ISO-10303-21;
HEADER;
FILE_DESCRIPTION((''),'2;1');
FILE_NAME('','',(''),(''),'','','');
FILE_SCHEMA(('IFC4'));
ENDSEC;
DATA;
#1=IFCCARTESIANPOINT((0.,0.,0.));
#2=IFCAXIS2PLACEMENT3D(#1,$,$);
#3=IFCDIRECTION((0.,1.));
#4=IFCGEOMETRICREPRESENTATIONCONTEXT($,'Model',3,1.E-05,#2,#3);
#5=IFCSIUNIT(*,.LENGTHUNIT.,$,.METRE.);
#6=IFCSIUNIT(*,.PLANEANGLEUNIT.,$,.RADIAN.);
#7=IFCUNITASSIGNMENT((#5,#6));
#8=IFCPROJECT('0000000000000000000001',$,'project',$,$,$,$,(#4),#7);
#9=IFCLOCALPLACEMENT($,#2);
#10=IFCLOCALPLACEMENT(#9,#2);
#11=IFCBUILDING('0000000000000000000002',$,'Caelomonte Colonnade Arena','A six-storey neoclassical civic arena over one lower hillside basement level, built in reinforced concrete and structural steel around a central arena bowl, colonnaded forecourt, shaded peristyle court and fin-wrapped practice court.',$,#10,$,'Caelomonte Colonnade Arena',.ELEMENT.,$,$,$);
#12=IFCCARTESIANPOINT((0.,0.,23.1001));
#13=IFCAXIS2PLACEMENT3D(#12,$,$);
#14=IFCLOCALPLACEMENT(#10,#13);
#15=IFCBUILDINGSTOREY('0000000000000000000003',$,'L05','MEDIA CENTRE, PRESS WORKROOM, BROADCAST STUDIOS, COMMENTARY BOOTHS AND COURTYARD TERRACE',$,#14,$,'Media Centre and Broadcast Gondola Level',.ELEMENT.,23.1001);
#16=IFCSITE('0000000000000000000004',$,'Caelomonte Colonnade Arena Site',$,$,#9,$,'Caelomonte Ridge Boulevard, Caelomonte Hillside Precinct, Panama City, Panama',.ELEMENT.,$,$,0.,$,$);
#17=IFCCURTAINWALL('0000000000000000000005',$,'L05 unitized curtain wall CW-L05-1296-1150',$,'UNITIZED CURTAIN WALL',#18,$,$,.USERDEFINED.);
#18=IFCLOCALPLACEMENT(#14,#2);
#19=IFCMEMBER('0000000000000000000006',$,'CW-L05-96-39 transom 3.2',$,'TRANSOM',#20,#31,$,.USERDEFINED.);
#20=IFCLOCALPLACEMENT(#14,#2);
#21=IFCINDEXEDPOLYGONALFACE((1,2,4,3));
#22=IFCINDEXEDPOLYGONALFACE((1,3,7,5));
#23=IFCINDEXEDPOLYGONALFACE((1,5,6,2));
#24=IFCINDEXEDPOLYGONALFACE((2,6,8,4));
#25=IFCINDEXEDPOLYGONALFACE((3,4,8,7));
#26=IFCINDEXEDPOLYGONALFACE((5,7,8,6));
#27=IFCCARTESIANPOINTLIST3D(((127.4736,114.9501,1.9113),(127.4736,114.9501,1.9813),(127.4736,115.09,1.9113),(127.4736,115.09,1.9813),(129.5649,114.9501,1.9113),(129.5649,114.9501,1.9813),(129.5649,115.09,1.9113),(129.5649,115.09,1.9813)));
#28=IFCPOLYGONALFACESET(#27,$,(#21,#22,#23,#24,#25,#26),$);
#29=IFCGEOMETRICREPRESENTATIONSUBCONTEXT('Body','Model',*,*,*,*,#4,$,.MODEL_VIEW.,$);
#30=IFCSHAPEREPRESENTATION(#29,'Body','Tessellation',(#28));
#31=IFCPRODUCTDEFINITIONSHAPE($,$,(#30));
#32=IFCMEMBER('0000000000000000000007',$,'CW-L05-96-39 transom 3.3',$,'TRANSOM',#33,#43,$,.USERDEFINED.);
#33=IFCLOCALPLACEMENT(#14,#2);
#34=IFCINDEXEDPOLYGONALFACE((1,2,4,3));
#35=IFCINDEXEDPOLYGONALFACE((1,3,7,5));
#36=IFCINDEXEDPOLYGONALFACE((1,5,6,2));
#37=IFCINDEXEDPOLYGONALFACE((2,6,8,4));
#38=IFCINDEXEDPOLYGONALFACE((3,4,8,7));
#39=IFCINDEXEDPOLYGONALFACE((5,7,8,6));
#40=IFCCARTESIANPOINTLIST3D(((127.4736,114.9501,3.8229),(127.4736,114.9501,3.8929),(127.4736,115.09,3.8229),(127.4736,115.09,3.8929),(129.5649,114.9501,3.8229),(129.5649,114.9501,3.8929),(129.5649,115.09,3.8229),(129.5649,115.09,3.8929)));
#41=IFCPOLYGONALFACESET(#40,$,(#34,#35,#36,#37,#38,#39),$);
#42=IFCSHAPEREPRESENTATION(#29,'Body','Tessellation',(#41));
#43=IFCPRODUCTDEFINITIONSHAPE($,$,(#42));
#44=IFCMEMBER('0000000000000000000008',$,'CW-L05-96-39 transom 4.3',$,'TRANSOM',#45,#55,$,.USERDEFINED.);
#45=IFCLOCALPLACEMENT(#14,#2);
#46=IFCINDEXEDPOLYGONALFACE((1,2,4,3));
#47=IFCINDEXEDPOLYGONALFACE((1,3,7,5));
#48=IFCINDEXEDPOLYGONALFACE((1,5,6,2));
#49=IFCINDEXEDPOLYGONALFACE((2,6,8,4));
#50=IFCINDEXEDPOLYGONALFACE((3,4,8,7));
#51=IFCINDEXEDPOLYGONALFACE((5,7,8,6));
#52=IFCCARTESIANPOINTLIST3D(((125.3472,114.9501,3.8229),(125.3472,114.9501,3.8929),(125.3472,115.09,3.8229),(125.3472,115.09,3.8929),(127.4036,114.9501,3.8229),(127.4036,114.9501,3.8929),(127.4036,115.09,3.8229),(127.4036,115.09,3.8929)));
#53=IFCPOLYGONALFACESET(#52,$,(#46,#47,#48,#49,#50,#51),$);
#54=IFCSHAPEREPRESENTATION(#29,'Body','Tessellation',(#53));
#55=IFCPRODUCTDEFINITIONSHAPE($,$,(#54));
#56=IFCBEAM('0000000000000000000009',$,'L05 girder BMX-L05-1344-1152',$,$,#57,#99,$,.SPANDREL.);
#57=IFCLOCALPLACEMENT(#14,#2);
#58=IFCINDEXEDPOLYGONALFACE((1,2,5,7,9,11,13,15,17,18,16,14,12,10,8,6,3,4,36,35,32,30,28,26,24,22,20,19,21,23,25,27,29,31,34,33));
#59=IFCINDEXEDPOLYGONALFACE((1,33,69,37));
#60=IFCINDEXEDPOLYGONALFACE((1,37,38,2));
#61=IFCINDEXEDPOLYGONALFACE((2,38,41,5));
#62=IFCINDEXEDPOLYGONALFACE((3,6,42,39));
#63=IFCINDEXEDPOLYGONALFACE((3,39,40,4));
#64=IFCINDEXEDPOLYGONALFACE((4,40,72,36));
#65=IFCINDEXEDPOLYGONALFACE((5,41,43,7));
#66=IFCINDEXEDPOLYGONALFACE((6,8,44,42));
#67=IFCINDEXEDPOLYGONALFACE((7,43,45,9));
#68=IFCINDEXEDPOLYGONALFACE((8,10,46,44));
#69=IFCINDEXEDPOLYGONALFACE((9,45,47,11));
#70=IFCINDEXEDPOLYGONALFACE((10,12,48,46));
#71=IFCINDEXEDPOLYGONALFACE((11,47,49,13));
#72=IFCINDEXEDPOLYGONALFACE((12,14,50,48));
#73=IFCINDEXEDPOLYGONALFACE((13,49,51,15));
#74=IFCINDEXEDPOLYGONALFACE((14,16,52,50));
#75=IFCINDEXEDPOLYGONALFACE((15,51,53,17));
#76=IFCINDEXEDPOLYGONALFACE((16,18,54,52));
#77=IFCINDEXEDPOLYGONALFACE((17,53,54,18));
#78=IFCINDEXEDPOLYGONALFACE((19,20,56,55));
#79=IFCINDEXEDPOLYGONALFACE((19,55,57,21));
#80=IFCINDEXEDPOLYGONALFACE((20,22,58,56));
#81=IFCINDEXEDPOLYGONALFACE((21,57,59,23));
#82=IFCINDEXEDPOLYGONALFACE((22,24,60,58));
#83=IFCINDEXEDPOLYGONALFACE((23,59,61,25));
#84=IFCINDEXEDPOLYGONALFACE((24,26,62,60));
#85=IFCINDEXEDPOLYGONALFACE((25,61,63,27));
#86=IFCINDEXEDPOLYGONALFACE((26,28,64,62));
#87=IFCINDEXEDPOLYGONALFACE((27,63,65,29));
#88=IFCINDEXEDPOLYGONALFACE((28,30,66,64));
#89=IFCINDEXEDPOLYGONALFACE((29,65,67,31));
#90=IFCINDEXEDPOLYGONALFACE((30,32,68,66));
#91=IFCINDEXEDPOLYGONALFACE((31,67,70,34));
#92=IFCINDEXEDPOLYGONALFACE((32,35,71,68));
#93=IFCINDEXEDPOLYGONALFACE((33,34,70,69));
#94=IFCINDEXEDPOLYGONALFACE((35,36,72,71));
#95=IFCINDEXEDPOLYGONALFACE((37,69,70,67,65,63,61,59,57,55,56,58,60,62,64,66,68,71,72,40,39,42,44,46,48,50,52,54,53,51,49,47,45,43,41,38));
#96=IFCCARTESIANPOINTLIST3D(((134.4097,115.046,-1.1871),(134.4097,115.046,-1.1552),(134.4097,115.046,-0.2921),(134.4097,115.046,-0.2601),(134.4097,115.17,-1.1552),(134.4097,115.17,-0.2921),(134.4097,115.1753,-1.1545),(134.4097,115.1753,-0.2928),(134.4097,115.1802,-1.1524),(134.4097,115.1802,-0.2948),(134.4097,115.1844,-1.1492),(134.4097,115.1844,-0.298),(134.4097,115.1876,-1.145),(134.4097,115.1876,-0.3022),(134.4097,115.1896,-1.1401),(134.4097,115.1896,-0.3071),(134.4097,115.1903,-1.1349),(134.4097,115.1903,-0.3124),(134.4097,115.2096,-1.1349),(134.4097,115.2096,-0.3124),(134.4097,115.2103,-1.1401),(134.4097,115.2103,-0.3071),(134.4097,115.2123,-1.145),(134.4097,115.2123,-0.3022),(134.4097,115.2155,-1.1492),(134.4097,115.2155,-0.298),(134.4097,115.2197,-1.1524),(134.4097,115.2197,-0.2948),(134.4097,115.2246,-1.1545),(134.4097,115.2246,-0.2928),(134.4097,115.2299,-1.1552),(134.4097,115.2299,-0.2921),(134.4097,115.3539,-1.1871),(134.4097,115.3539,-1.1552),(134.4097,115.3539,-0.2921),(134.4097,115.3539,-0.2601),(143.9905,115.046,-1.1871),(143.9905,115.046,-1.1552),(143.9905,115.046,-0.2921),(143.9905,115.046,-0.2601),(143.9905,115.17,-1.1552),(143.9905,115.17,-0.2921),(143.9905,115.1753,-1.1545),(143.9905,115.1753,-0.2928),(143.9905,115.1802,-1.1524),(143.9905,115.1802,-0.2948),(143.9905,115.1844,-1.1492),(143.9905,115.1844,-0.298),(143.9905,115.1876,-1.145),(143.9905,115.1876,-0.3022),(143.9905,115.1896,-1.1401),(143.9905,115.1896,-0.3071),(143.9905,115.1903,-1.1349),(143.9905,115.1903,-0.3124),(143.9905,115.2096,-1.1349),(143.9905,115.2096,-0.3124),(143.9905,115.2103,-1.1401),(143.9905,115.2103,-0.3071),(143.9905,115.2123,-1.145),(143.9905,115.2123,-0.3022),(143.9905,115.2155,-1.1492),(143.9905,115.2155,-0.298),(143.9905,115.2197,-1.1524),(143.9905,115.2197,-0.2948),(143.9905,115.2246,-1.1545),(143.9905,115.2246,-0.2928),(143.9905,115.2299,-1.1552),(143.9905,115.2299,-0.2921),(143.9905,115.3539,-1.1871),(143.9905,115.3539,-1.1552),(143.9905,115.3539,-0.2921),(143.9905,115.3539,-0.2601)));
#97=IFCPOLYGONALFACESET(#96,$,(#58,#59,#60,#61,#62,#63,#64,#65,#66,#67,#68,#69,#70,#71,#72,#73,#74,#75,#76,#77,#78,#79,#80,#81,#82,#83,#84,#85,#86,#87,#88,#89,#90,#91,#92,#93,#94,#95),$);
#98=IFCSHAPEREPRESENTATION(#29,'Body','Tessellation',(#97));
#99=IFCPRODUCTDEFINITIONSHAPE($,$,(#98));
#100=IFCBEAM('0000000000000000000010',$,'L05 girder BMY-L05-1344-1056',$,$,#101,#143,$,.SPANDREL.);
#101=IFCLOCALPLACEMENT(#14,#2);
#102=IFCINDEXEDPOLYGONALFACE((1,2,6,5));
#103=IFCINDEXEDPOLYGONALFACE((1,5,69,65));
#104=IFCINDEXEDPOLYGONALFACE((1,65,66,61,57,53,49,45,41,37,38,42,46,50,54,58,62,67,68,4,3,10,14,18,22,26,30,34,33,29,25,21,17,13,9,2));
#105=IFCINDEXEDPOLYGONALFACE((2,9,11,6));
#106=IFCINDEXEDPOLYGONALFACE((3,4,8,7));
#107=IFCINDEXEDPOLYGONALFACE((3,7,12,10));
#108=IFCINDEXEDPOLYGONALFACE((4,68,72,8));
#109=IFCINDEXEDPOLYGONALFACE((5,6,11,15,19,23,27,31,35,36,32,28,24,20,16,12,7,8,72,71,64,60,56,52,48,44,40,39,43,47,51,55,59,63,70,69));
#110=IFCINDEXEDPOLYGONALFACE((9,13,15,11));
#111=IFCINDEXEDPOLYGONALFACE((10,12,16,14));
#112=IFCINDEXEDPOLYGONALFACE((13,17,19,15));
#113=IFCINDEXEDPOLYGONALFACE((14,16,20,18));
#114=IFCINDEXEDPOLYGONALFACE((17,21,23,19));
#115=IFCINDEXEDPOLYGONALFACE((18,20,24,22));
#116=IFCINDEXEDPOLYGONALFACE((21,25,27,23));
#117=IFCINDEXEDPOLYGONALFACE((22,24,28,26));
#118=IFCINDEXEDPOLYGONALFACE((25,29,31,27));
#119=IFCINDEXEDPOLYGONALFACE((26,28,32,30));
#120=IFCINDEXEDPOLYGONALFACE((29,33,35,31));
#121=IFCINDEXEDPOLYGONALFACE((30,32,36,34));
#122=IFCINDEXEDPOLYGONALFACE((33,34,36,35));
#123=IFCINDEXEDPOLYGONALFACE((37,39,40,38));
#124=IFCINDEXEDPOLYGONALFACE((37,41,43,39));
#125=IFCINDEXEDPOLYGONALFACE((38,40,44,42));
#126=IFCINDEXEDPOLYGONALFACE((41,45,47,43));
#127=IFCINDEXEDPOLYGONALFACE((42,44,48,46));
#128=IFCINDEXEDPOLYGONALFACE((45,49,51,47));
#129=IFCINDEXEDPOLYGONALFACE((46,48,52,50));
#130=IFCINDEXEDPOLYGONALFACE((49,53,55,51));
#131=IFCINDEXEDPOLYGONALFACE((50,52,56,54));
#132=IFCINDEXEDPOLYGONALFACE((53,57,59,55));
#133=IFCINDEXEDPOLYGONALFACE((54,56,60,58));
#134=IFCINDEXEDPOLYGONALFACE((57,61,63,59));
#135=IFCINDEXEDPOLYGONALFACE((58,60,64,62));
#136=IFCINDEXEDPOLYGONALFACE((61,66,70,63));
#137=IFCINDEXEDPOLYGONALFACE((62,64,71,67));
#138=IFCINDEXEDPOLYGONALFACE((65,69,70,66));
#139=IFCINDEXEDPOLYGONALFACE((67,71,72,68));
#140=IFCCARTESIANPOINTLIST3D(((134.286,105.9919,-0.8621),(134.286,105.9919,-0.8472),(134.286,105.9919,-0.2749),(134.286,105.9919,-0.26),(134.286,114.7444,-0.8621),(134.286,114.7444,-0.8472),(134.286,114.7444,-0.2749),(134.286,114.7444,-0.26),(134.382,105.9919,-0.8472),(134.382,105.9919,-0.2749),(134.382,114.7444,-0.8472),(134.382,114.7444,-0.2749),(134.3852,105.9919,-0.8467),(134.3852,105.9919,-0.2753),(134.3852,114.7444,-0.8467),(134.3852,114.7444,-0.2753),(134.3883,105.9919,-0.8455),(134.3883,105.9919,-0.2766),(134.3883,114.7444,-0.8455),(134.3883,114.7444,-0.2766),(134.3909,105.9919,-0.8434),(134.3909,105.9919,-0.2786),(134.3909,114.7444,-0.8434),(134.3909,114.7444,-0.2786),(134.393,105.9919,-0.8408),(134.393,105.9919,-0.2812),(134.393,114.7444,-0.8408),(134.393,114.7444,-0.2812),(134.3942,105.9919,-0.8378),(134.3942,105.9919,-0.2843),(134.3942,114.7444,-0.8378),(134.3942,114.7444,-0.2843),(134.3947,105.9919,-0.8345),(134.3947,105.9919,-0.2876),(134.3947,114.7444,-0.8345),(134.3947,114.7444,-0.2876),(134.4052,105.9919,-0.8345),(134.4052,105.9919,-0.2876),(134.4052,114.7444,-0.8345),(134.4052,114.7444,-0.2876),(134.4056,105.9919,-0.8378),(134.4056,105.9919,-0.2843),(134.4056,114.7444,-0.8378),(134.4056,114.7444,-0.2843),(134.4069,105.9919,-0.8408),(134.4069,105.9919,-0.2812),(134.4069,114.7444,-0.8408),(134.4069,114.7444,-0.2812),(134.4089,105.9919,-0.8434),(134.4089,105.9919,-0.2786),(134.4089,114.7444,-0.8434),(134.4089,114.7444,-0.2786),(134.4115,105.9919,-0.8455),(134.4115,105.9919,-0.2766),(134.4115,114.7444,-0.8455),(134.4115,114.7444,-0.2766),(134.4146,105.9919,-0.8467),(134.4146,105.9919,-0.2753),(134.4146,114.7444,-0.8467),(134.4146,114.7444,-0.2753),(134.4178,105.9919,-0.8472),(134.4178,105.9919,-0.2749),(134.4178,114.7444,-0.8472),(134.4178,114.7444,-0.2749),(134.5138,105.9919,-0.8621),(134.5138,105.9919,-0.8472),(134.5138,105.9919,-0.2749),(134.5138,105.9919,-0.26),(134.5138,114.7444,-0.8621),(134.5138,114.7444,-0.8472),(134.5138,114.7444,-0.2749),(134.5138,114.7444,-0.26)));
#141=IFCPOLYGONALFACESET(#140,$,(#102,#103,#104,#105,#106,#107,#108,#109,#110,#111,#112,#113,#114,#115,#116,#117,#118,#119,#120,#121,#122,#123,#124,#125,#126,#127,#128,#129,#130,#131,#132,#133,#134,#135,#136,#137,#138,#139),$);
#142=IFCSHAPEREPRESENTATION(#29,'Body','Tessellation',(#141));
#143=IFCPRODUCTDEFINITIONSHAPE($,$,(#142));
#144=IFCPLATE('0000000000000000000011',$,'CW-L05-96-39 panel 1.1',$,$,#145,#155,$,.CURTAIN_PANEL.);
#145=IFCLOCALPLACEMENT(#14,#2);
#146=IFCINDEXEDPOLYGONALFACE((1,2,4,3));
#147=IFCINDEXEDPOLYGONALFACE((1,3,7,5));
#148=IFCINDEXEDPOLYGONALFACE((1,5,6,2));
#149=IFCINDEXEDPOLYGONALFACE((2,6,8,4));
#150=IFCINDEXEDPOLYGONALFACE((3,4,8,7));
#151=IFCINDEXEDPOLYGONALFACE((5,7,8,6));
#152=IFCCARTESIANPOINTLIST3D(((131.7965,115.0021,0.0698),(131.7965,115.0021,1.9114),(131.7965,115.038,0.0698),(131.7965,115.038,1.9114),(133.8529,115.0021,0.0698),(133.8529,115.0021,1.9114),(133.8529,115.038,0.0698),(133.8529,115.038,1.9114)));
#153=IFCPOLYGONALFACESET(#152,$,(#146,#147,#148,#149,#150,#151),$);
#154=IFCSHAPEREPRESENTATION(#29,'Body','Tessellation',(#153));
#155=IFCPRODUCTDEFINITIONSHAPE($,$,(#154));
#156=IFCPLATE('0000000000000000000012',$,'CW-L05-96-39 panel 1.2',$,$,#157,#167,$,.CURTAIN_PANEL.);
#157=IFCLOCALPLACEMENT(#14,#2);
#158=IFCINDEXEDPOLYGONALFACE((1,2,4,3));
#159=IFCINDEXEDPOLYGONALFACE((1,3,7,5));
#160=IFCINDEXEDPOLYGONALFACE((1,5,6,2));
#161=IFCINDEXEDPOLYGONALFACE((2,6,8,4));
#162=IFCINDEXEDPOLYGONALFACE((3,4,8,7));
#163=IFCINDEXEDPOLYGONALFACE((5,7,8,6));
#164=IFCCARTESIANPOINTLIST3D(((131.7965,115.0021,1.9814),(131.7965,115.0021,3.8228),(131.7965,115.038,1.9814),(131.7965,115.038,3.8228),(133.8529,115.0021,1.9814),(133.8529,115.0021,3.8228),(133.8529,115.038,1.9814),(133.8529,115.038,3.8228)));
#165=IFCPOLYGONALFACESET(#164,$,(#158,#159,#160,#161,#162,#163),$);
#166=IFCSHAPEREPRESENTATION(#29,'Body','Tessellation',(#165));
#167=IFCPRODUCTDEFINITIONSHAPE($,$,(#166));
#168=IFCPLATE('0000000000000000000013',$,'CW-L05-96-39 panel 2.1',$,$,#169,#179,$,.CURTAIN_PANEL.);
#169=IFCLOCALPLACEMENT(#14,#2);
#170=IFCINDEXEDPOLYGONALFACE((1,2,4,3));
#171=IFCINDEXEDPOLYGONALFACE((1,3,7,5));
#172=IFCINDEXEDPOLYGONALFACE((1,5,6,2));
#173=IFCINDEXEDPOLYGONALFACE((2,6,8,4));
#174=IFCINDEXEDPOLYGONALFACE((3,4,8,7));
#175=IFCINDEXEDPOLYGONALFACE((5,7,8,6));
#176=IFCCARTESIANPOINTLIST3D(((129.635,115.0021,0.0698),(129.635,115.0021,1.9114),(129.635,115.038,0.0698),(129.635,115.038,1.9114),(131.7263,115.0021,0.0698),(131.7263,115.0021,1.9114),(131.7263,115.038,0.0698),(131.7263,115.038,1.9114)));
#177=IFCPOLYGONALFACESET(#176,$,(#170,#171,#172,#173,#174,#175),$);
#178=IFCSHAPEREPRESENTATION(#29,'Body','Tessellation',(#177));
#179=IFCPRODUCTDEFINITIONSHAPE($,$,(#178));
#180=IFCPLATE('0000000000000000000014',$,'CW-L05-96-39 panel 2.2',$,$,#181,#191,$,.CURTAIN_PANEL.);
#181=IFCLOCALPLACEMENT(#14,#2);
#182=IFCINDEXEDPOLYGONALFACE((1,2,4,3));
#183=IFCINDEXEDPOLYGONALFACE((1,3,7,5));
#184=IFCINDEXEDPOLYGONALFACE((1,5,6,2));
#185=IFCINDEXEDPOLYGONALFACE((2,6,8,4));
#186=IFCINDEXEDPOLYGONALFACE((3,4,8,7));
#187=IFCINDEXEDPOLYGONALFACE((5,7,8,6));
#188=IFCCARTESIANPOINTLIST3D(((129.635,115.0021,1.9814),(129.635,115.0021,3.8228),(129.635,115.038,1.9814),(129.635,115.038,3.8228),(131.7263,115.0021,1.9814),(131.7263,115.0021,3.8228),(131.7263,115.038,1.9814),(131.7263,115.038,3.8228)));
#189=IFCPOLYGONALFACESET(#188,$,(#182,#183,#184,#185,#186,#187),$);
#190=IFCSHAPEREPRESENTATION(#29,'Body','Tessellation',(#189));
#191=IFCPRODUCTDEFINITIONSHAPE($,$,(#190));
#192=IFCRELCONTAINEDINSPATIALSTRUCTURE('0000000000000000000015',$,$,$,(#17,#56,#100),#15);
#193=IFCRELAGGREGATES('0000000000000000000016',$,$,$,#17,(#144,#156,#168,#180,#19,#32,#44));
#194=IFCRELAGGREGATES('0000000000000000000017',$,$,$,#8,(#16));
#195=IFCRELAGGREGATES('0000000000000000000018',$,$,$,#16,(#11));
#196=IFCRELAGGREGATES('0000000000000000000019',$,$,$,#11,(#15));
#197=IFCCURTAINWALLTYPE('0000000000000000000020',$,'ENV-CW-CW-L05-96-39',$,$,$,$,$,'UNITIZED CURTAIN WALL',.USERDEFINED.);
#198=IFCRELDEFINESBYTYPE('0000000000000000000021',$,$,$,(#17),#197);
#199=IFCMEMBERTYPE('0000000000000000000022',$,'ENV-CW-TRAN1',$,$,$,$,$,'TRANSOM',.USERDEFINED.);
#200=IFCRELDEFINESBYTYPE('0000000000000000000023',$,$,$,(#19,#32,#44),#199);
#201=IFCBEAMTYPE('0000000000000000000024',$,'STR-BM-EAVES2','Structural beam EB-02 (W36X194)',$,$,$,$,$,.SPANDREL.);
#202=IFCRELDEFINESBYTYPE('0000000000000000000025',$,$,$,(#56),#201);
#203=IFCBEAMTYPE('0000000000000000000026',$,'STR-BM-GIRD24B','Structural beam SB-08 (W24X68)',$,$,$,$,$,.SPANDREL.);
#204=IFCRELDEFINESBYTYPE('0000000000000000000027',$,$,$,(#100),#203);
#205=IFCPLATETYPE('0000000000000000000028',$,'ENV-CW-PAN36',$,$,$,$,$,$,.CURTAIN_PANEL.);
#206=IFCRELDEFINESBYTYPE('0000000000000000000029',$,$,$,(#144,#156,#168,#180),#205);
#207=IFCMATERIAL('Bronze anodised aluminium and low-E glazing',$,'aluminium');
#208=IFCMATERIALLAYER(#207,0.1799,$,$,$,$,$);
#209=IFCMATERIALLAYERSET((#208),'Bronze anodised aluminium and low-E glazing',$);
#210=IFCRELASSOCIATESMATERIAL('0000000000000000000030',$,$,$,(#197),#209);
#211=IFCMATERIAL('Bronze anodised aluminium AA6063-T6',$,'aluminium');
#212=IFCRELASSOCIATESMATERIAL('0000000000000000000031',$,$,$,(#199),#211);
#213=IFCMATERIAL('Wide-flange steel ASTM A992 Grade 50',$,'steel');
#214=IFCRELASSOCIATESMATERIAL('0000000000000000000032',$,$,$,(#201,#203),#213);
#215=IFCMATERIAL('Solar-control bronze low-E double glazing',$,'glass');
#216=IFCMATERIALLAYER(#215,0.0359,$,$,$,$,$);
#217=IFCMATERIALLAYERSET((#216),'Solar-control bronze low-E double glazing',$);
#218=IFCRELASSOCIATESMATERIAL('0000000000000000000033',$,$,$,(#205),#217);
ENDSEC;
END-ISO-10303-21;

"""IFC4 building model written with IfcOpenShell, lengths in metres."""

from ifc_helpers import new_model, si_unit, direction, frame, origin, origin_2d, place, context, subcontext, project, spatial, rectangle, i_section, extrude, material, layer, layer_set, material_profile, profile_set, type_object, element, aggregate, save


model = new_model("IFC4")

# Units and contexts
model_context = context("Model", 3, precision=1e-05, world=origin(), true_north=direction((0.0, 1.0)))
body_context = subcontext(model_context, "Body", "Model", "MODEL_VIEW")
ifc_project = project(units=[si_unit("LENGTHUNIT", "METRE"), si_unit("PLANEANGLEUNIT", "RADIAN")], contexts=[model_context])

# Site, building, storey
site_placement = place(None, origin())
site = spatial("IfcSite", under=ifc_project, at=site_placement, Name="Caelomonte Colonnade Arena Site", LongName="Caelomonte Ridge Boulevard, Caelomonte Hillside Precinct, Panama City, Panama", CompositionType="ELEMENT", RefElevation=0.0)
building_placement = place(site_placement, origin())
building = spatial("IfcBuilding", under=site, at=building_placement, Name="Caelomonte Colonnade Arena", Description="A six-storey neoclassical civic arena over one lower hillside basement level, built in reinforced concrete and structural steel around a central arena bowl, colonnaded forecourt, shaded peristyle court and fin-wrapped practice court.", LongName="Caelomonte Colonnade Arena", CompositionType="ELEMENT")
storey_placement = place(building_placement, frame((0.0, 0.0, 23.1001)))
storey = spatial("IfcBuildingStorey", under=building, at=storey_placement, Name="L05", Description="MEDIA CENTRE, PRESS WORKROOM, BROADCAST STUDIOS, COMMENTARY BOOTHS AND COURTYARD TERRACE", LongName="Media Centre and Broadcast Gondola Level", CompositionType="ELEMENT", Elevation=23.1001)

# Shared definitions
ifc_material_1 = material(Name="Wide-flange steel ASTM A992 Grade 50", Category="steel")

# Curtain wall, members
ifc_material_2 = material(Name="Bronze anodised aluminium and low-E glazing", Category="aluminium")
ifc_layer_1 = layer(ifc_material_2, 0.1799)
ifc_layer_set_1 = layer_set([ifc_layer_1], Name="Bronze anodised aluminium and low-E glazing")
curtain_wall_type = type_object("IfcCurtainWallType", Name="ENV-CW-CW-L05-96-39", ElementType="UNITIZED CURTAIN WALL", PredefinedType="USERDEFINED", material=ifc_layer_set_1)
curtain_wall_placement = place(storey_placement, origin())
curtain_wall = element("IfcCurtainWall", 1, at=curtain_wall_placement, inside=storey, type_object=curtain_wall_type, Name="L05 unitized curtain wall CW-L05-1296-1150", ObjectType="UNITIZED CURTAIN WALL", PredefinedType="USERDEFINED")
ifc_material_3 = material(Name="Bronze anodised aluminium AA6063-T6", Category="aluminium")
ifc_material_profile_1 = material_profile(ifc_material_3, rectangle(XDim=0.0701, YDim=0.1399, at=origin_2d()), Name="CWT-70X140")
ifc_profile_set_1 = profile_set([ifc_material_profile_1], Name="Bronze anodised aluminium AA6063-T6")
member_type_1 = type_object("IfcMemberType", Name="ENV-CW-TRAN1", ElementType="TRANSOM", PredefinedType="USERDEFINED", material=ifc_profile_set_1)
member_1_placement = place(storey_placement, frame((129.5649, 115.02, 1.9463), z_axis=(-1.0, 0.0, 0.0), x_axis=(0.0, 0.0, 1.0)))
member_1 = element("IfcMember", 2, at=member_1_placement, type_object=member_type_1, Name="CW-L05-96-39 transom 3.2", ObjectType="TRANSOM", PredefinedType="USERDEFINED", context=body_context, shape_type="SweptSolid", body=[
    extrude(rectangle(XDim=0.0701, YDim=0.1399, at=origin_2d()), origin(), (0.0, 0.0, 1.0), 2.0913),
])
member_2_placement = place(storey_placement, frame((129.5649, 115.02, 3.8579), z_axis=(-1.0, 0.0, 0.0), x_axis=(0.0, 0.0, 1.0)))
member_2 = element("IfcMember", 3, at=member_2_placement, type_object=member_type_1, Name="CW-L05-96-39 transom 3.3", ObjectType="TRANSOM", PredefinedType="USERDEFINED", context=body_context, shape_type="SweptSolid", body=[
    extrude(rectangle(XDim=0.0701, YDim=0.1399, at=origin_2d()), origin(), (0.0, 0.0, 1.0), 2.0913),
])
member_3_placement = place(storey_placement, frame((127.4036, 115.02, 3.8579), z_axis=(-1.0, 0.0, 0.0), x_axis=(0.0, 0.0, 1.0)))
member_3 = element("IfcMember", 4, at=member_3_placement, type_object=member_type_1, Name="CW-L05-96-39 transom 4.3", ObjectType="TRANSOM", PredefinedType="USERDEFINED", context=body_context, shape_type="SweptSolid", body=[
    extrude(rectangle(XDim=0.0701, YDim=0.1399, at=origin_2d()), origin(), (0.0, 0.0, 1.0), 2.0564),
])

# Beams
ifc_material_profile_2 = material_profile(ifc_material_1, i_section(OverallWidth=0.3079, OverallDepth=0.927, WebThickness=0.0193, FlangeThickness=0.032, FilletRadius=0.0203, at=origin_2d()), Name="W36X194")
ifc_profile_set_2 = profile_set([ifc_material_profile_2], Name="Wide-flange steel ASTM A992 Grade 50")
beam_type_1 = type_object("IfcBeamType", Name="STR-BM-EAVES2", Description="Structural beam EB-02 (W36X194)", PredefinedType="SPANDREL", material=ifc_profile_set_2)
beam_1_placement = place(storey_placement, frame((134.4097, 115.2, -0.7236), z_axis=(1.0, 0.0, 0.0), x_axis=(0.0, 1.0, 0.0)))
element("IfcBeam", 5, at=beam_1_placement, inside=storey, type_object=beam_type_1, Name="L05 girder BMX-L05-1344-1152", PredefinedType="SPANDREL", context=body_context, shape_type="SweptSolid", body=[
    extrude(i_section(OverallWidth=0.3079, OverallDepth=0.927, WebThickness=0.0193, FlangeThickness=0.032, FilletRadius=0.0203, at=origin_2d()), origin(), (0.0, 0.0, 1.0), 9.5808),
])
ifc_material_profile_3 = material_profile(ifc_material_1, i_section(OverallWidth=0.2278, OverallDepth=0.6021, WebThickness=0.0105, FlangeThickness=0.0149, FilletRadius=0.0127, at=origin_2d()), Name="W24X68")
ifc_profile_set_3 = profile_set([ifc_material_profile_3], Name="Wide-flange steel ASTM A992 Grade 50")
beam_type_2 = type_object("IfcBeamType", Name="STR-BM-GIRD24B", Description="Structural beam SB-08 (W24X68)", PredefinedType="SPANDREL", material=ifc_profile_set_3)
beam_2_placement = place(storey_placement, frame((134.3999, 105.9919, -0.561), z_axis=(0.0, 1.0, 0.0), x_axis=(-1.0, 0.0, 0.0)))
element("IfcBeam", 6, at=beam_2_placement, inside=storey, type_object=beam_type_2, Name="L05 girder BMY-L05-1344-1056", PredefinedType="SPANDREL", context=body_context, shape_type="SweptSolid", body=[
    extrude(i_section(OverallWidth=0.2278, OverallDepth=0.6021, WebThickness=0.0105, FlangeThickness=0.0149, FilletRadius=0.0127, at=origin_2d()), origin(), (0.0, 0.0, 1.0), 8.7524),
])

# Plates
ifc_material_4 = material(Name="Solar-control bronze low-E double glazing", Category="glass")
ifc_layer_2 = layer(ifc_material_4, 0.0359)
ifc_layer_set_2 = layer_set([ifc_layer_2], Name="Solar-control bronze low-E double glazing")
plate_type = type_object("IfcPlateType", Name="ENV-CW-PAN36", PredefinedType="CURTAIN_PANEL", material=ifc_layer_set_2)
plate_1_placement = place(storey_placement, frame((132.8247, 115.02, 0.0698), z_axis=(0.0, 0.0, 1.0), x_axis=(-1.0, 0.0, 0.0)))
plate_1 = element("IfcPlate", 7, at=plate_1_placement, type_object=plate_type, Name="CW-L05-96-39 panel 1.1", PredefinedType="CURTAIN_PANEL", context=body_context, shape_type="SweptSolid", body=[
    extrude(rectangle(XDim=2.0564, YDim=0.0359, at=origin_2d()), origin(), (0.0, 0.0, 1.0), 1.8416),
])
plate_2_placement = place(storey_placement, frame((132.8247, 115.02, 1.9814), z_axis=(0.0, 0.0, 1.0), x_axis=(-1.0, 0.0, 0.0)))
plate_2 = element("IfcPlate", 8, at=plate_2_placement, type_object=plate_type, Name="CW-L05-96-39 panel 1.2", PredefinedType="CURTAIN_PANEL", context=body_context, shape_type="SweptSolid", body=[
    extrude(rectangle(XDim=2.0564, YDim=0.0359, at=origin_2d()), origin(), (0.0, 0.0, 1.0), 1.8413),
])
plate_3_placement = place(storey_placement, frame((130.6807, 115.02, 0.0698), z_axis=(0.0, 0.0, 1.0), x_axis=(-1.0, 0.0, 0.0)))
plate_3 = element("IfcPlate", 9, at=plate_3_placement, type_object=plate_type, Name="CW-L05-96-39 panel 2.1", PredefinedType="CURTAIN_PANEL", context=body_context, shape_type="SweptSolid", body=[
    extrude(rectangle(XDim=2.0913, YDim=0.0359, at=origin_2d()), origin(), (0.0, 0.0, 1.0), 1.8416),
])
plate_4_placement = place(storey_placement, frame((130.6807, 115.02, 1.9814), z_axis=(0.0, 0.0, 1.0), x_axis=(-1.0, 0.0, 0.0)))
plate_4 = element("IfcPlate", 10, at=plate_4_placement, type_object=plate_type, Name="CW-L05-96-39 panel 2.2", PredefinedType="CURTAIN_PANEL", context=body_context, shape_type="SweptSolid", body=[
    extrude(rectangle(XDim=2.0913, YDim=0.0359, at=origin_2d()), origin(), (0.0, 0.0, 1.0), 1.8413),
])
aggregate(curtain_wall, [plate_1, plate_2, plate_3, plate_4, member_1, member_2, member_3])

save(model, "model.ifc")
